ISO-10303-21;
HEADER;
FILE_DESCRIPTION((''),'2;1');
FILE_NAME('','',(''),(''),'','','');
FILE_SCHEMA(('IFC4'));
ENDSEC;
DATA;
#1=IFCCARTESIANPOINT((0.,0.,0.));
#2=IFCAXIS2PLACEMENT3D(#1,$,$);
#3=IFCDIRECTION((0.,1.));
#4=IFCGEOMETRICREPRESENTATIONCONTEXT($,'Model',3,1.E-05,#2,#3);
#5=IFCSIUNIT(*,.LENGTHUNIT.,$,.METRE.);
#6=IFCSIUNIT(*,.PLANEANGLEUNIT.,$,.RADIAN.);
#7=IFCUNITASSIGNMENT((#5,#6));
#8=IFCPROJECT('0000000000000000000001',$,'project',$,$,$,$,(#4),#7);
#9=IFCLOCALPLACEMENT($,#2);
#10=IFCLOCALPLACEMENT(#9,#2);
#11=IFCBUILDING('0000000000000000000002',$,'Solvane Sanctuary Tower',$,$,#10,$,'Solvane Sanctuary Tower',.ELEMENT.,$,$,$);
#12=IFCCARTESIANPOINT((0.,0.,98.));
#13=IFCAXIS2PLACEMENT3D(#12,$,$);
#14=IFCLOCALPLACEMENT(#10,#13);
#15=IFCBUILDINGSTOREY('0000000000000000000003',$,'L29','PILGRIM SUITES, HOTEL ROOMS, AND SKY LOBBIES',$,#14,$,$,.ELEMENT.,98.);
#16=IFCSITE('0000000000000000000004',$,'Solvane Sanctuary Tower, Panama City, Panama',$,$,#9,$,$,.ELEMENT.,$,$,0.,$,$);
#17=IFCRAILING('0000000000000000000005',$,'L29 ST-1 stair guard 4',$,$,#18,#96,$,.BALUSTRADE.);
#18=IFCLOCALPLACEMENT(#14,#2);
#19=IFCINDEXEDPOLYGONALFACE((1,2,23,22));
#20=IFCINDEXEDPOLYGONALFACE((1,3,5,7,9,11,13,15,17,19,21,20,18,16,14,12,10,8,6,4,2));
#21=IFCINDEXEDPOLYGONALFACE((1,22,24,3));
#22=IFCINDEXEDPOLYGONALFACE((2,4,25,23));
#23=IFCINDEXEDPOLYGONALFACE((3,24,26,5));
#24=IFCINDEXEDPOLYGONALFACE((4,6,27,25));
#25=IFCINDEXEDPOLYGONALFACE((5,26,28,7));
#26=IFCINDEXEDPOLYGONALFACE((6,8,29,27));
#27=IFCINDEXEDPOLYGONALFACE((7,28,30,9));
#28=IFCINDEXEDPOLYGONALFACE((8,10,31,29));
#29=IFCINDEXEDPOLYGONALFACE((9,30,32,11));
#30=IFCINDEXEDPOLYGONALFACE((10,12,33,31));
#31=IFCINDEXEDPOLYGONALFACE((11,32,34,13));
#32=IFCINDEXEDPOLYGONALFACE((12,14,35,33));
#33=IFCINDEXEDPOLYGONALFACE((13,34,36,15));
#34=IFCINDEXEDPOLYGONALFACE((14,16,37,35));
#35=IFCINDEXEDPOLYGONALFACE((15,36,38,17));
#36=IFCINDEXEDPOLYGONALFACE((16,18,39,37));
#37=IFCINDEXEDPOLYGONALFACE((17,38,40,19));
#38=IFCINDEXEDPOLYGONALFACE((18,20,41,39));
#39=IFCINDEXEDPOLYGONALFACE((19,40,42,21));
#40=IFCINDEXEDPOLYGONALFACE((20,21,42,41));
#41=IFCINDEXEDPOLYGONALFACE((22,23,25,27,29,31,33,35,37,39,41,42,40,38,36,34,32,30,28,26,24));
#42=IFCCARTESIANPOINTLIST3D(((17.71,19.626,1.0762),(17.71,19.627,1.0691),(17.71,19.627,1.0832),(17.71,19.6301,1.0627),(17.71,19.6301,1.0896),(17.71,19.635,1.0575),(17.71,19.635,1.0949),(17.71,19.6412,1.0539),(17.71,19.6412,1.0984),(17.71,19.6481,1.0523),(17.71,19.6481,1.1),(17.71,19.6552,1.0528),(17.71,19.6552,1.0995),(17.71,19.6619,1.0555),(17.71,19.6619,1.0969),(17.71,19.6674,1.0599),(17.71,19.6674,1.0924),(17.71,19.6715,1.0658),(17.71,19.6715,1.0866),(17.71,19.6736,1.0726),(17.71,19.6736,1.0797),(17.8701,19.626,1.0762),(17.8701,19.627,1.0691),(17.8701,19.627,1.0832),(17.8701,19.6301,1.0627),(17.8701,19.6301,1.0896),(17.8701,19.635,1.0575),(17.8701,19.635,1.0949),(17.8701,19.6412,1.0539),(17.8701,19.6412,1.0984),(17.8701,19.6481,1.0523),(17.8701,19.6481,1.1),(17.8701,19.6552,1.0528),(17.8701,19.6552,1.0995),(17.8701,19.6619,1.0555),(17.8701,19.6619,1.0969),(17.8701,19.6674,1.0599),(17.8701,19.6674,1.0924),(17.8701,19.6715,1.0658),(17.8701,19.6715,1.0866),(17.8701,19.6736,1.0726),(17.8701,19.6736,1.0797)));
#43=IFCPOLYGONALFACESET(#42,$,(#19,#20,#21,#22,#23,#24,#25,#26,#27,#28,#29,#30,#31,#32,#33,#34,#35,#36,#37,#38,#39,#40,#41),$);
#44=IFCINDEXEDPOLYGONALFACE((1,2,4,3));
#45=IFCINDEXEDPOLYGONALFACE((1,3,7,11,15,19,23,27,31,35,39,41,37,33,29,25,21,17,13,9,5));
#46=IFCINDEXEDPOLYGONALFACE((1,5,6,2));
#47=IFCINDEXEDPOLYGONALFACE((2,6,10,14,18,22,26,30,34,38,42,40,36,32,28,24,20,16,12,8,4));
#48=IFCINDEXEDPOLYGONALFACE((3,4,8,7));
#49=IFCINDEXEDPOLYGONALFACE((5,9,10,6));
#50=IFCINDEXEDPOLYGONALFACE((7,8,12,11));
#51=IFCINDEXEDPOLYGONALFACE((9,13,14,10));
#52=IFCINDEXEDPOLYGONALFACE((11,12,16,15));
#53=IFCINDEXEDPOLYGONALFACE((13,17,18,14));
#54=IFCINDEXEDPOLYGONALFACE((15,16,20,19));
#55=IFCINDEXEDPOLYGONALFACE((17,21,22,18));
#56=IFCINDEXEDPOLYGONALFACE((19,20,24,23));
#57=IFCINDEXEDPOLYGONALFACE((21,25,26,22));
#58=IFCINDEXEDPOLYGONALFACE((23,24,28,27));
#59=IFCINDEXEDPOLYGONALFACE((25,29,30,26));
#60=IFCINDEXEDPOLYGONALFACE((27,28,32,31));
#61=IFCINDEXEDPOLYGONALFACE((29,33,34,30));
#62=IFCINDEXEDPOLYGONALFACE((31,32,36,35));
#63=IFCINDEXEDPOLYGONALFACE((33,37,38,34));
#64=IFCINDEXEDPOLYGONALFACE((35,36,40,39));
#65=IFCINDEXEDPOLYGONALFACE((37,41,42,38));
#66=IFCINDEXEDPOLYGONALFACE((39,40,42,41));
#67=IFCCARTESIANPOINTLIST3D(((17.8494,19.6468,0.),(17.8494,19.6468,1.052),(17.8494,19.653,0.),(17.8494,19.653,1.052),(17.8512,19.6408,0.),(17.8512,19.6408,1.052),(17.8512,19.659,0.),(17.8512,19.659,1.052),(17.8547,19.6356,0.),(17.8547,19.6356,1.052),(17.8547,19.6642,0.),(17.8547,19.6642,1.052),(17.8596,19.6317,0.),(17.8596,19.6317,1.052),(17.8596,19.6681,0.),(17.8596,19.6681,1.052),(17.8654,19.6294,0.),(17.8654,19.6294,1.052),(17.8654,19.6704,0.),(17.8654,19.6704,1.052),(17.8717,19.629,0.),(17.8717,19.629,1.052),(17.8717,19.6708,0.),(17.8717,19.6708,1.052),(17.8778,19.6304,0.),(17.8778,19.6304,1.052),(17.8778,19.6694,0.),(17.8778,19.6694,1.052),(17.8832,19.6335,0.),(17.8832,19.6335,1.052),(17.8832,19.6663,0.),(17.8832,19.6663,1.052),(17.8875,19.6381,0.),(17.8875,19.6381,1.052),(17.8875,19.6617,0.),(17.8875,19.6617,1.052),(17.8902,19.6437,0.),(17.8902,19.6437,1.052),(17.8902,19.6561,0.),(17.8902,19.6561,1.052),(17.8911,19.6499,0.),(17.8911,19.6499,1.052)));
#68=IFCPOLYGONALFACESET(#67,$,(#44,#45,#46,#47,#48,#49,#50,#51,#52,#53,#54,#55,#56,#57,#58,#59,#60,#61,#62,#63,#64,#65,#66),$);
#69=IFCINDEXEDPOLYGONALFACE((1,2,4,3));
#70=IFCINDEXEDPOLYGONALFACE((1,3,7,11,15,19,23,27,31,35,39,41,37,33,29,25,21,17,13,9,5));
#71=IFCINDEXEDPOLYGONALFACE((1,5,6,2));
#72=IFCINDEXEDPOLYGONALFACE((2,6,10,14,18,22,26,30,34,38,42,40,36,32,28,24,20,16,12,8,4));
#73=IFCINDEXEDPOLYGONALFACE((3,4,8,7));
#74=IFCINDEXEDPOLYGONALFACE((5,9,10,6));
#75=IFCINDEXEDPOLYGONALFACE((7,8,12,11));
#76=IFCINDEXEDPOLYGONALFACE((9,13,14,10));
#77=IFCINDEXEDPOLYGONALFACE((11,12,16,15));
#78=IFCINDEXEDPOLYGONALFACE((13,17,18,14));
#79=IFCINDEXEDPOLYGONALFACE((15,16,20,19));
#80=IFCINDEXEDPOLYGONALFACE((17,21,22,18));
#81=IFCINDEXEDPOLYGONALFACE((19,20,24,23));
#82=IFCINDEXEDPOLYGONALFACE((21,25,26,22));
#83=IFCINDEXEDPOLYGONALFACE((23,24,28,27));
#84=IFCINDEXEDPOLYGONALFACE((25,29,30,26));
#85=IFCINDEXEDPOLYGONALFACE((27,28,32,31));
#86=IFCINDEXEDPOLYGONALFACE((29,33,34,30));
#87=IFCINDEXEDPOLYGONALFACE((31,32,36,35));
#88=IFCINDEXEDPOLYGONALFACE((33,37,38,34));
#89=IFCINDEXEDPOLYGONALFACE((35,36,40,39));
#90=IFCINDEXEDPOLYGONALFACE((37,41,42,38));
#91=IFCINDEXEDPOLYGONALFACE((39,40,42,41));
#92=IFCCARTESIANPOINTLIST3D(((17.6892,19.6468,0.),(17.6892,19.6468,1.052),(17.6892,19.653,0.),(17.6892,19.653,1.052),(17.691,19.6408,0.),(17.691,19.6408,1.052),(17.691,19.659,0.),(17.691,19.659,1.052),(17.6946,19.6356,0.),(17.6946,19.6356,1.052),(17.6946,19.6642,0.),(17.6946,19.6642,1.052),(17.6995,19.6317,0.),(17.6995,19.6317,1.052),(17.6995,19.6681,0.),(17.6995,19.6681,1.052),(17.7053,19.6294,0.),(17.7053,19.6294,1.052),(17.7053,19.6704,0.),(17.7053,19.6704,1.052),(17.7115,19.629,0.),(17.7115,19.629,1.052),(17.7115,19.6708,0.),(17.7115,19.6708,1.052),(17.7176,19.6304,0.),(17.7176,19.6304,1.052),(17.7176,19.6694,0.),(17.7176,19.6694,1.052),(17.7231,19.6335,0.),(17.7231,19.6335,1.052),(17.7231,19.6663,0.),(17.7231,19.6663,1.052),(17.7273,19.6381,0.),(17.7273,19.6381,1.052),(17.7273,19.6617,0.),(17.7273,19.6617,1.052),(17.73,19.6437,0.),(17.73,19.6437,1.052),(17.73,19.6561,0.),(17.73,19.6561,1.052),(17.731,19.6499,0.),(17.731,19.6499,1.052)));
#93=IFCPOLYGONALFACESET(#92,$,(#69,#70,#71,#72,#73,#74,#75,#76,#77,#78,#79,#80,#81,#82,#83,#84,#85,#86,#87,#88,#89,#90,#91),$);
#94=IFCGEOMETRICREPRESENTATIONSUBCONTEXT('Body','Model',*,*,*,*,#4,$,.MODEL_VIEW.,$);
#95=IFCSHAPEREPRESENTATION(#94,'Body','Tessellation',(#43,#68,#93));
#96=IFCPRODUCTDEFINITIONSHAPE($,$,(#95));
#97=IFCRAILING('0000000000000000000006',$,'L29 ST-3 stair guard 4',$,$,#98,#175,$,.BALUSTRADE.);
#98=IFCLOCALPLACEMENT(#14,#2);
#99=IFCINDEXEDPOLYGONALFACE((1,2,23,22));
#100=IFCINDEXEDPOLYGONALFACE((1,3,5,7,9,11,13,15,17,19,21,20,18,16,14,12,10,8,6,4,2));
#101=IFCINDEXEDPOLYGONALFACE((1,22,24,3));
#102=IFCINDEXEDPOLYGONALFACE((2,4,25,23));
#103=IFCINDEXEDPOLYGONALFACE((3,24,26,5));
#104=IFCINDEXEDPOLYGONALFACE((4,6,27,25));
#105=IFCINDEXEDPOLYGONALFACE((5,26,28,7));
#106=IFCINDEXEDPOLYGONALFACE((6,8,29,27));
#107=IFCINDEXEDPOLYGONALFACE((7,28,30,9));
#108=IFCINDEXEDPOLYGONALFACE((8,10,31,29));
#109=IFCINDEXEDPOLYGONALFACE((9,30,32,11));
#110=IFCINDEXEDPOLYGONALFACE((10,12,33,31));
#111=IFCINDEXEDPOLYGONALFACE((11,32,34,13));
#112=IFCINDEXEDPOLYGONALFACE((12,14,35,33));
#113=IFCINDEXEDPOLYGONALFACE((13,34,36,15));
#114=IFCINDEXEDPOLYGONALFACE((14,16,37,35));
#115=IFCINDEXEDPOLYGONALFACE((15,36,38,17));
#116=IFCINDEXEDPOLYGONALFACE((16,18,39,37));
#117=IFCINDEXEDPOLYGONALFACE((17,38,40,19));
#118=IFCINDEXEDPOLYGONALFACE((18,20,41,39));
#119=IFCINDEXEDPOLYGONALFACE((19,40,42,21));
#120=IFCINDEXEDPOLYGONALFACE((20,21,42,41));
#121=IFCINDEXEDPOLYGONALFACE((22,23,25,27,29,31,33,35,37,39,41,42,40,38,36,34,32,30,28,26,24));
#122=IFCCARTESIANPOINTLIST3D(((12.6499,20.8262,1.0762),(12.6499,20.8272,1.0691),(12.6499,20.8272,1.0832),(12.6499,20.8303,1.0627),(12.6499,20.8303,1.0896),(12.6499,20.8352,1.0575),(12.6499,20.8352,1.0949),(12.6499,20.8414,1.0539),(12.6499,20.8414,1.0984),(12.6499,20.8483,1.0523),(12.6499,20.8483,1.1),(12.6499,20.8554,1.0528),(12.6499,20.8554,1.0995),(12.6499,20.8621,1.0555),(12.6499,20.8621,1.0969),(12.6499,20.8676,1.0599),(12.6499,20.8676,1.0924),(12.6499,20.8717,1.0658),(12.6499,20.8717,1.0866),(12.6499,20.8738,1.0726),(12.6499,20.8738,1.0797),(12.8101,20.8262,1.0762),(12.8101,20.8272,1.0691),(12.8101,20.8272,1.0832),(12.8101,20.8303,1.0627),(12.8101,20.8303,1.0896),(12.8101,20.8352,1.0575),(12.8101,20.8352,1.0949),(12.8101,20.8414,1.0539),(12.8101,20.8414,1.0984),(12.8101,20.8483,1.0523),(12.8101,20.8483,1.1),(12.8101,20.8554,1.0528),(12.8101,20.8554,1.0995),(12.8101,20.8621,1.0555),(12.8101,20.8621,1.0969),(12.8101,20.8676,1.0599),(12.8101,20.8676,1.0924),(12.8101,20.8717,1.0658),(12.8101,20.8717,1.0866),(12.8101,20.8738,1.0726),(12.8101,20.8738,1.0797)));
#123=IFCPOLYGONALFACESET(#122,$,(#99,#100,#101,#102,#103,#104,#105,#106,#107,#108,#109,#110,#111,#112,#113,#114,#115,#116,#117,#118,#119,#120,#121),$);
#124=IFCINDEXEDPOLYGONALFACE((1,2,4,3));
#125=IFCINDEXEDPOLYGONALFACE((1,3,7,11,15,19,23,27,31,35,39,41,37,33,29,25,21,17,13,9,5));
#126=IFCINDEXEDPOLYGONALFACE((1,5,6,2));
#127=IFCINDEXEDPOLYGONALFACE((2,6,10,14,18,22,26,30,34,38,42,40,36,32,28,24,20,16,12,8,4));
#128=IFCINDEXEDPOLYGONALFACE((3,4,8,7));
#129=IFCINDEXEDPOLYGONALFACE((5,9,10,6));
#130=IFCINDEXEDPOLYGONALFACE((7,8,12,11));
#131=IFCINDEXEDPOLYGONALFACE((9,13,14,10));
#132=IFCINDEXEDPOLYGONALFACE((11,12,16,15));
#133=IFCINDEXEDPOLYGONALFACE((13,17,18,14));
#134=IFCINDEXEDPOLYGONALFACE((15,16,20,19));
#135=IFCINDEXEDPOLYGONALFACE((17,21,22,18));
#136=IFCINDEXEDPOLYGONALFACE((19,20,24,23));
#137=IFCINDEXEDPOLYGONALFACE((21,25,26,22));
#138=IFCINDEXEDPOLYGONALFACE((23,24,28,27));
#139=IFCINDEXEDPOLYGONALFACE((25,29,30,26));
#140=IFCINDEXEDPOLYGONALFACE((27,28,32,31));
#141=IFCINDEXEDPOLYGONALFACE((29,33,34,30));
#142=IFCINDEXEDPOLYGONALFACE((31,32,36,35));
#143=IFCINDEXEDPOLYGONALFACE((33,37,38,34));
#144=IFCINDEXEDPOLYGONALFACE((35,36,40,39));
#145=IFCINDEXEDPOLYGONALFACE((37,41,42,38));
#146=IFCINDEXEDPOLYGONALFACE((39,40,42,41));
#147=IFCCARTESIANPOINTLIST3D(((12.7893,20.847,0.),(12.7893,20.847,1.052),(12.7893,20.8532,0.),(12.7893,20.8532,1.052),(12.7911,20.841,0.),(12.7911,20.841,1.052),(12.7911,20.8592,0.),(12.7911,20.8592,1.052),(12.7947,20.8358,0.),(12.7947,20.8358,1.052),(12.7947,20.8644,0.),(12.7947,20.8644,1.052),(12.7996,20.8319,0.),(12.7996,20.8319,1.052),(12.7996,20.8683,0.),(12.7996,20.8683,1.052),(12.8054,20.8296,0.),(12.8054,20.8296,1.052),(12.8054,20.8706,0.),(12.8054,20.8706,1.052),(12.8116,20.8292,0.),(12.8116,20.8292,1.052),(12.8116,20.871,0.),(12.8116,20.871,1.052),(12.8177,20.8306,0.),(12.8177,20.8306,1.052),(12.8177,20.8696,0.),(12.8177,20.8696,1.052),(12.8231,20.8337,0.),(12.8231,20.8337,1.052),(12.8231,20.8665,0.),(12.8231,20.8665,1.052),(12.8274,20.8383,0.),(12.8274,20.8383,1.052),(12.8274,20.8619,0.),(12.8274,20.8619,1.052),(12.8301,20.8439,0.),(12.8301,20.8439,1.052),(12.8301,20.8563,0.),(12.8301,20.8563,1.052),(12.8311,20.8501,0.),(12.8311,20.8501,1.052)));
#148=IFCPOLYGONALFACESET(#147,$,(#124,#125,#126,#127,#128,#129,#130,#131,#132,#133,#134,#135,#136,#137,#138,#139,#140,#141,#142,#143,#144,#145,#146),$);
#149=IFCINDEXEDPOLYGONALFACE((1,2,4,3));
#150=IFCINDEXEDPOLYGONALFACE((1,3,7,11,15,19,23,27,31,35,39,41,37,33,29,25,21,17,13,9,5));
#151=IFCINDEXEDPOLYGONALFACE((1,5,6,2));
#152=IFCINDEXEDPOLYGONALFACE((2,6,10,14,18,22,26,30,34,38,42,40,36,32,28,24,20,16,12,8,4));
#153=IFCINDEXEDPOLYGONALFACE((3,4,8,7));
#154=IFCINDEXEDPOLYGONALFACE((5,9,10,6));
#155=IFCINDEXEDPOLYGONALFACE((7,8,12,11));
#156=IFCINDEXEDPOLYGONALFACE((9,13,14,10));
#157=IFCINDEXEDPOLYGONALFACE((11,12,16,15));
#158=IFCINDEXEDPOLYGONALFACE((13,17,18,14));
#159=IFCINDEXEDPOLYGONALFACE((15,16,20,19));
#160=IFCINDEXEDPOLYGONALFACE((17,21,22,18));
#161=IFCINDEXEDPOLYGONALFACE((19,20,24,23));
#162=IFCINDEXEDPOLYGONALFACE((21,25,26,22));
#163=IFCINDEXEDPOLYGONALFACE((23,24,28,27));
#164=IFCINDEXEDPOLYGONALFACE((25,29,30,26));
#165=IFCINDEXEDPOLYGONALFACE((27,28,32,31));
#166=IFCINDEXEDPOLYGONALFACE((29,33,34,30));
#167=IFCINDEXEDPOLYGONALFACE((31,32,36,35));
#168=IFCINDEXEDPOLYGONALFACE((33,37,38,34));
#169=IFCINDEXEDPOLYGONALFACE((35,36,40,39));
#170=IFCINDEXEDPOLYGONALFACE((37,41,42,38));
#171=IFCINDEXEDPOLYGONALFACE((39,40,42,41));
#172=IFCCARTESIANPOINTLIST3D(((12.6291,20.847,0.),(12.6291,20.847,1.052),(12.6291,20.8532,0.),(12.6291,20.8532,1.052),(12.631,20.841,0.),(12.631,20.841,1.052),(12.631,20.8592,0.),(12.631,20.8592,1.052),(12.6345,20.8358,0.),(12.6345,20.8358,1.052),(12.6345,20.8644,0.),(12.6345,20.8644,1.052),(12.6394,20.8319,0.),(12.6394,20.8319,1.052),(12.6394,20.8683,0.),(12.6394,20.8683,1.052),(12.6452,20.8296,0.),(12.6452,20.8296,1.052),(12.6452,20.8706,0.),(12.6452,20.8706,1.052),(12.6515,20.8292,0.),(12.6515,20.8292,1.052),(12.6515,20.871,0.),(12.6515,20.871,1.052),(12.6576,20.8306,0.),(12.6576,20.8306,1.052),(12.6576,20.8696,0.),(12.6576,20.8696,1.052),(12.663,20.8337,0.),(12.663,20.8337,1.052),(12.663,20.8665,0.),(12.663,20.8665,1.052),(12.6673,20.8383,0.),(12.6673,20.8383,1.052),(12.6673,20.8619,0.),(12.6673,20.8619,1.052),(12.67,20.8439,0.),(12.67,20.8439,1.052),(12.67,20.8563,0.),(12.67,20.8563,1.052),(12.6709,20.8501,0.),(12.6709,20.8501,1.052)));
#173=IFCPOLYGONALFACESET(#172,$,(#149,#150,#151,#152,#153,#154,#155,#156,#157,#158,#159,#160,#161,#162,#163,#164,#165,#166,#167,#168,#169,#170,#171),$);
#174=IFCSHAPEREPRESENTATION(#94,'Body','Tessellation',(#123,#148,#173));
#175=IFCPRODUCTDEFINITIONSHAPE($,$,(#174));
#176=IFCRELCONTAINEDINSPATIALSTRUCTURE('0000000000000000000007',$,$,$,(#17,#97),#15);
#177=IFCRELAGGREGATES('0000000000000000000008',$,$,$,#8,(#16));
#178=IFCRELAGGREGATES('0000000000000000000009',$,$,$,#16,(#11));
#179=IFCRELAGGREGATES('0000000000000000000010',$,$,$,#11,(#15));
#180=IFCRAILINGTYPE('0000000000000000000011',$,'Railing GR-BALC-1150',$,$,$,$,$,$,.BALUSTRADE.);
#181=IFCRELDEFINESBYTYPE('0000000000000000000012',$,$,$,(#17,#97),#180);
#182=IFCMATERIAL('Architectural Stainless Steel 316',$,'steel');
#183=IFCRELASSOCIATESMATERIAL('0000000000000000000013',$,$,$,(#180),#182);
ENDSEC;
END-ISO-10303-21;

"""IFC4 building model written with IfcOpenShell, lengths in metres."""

from ifc_helpers import new_model, si_unit, direction, frame, origin, origin_2d, place, context, subcontext, project, spatial, circle, extrude, material, type_object, element, save


model = new_model("IFC4")

# Units and contexts
model_context = context("Model", 3, precision=1e-05, world=origin(), true_north=direction((0.0, 1.0)))
body_context = subcontext(model_context, "Body", "Model", "MODEL_VIEW")
ifc_project = project(units=[si_unit("LENGTHUNIT", "METRE"), si_unit("PLANEANGLEUNIT", "RADIAN")], contexts=[model_context])

# Site, building, storey
site_placement = place(None, origin())
site = spatial("IfcSite", under=ifc_project, at=site_placement, Name="Solvane Sanctuary Tower, Panama City, Panama", CompositionType="ELEMENT", RefElevation=0.0)
building_placement = place(site_placement, origin())
building = spatial("IfcBuilding", under=site, at=building_placement, Name="Solvane Sanctuary Tower", LongName="Solvane Sanctuary Tower", CompositionType="ELEMENT")
storey_placement = place(building_placement, frame((0.0, 0.0, 98.0)))
storey = spatial("IfcBuildingStorey", under=building, at=storey_placement, Name="L29", Description="PILGRIM SUITES, HOTEL ROOMS, AND SKY LOBBIES", CompositionType="ELEMENT", Elevation=98.0)

# Shared definitions
ifc_material_1 = material(Name="Architectural Stainless Steel 316", Category="steel")

# Railings
railing_type_1 = type_object("IfcRailingType", Name="Railing GR-BALC-1150", PredefinedType="BALUSTRADE", material=ifc_material_1)
for number, where, name in (
    (1, (17.8701, 19.6499, 0.0), "L29 ST-1 stair guard 4"),
    (2, (12.8101, 20.8501, 0.0), "L29 ST-3 stair guard 4"),
):
    element("IfcRailing", number, at=place(storey_placement, frame(where)), inside=storey, type_object=railing_type_1, Name=name, PredefinedType="BALUSTRADE", context=body_context, shape_type="SweptSolid", body=[
        extrude(circle(Radius=0.0239, at=origin_2d()), frame((0.0, 0.0, 1.0762), z_axis=(-1.0, 0.0, 0.0), x_axis=(0.0, -1.0, 0.0)), (0.0, 0.0, 1.0), 0.1602),
        extrude(circle(Radius=0.021, at=origin_2d()), origin(), (0.0, 0.0, 1.0), 1.052),
        extrude(circle(Radius=0.021, at=origin_2d()), frame((-0.1602, 0.0, 0.0)), (0.0, 0.0, 1.0), 1.052),
    ])

save(model, "model.ifc")
